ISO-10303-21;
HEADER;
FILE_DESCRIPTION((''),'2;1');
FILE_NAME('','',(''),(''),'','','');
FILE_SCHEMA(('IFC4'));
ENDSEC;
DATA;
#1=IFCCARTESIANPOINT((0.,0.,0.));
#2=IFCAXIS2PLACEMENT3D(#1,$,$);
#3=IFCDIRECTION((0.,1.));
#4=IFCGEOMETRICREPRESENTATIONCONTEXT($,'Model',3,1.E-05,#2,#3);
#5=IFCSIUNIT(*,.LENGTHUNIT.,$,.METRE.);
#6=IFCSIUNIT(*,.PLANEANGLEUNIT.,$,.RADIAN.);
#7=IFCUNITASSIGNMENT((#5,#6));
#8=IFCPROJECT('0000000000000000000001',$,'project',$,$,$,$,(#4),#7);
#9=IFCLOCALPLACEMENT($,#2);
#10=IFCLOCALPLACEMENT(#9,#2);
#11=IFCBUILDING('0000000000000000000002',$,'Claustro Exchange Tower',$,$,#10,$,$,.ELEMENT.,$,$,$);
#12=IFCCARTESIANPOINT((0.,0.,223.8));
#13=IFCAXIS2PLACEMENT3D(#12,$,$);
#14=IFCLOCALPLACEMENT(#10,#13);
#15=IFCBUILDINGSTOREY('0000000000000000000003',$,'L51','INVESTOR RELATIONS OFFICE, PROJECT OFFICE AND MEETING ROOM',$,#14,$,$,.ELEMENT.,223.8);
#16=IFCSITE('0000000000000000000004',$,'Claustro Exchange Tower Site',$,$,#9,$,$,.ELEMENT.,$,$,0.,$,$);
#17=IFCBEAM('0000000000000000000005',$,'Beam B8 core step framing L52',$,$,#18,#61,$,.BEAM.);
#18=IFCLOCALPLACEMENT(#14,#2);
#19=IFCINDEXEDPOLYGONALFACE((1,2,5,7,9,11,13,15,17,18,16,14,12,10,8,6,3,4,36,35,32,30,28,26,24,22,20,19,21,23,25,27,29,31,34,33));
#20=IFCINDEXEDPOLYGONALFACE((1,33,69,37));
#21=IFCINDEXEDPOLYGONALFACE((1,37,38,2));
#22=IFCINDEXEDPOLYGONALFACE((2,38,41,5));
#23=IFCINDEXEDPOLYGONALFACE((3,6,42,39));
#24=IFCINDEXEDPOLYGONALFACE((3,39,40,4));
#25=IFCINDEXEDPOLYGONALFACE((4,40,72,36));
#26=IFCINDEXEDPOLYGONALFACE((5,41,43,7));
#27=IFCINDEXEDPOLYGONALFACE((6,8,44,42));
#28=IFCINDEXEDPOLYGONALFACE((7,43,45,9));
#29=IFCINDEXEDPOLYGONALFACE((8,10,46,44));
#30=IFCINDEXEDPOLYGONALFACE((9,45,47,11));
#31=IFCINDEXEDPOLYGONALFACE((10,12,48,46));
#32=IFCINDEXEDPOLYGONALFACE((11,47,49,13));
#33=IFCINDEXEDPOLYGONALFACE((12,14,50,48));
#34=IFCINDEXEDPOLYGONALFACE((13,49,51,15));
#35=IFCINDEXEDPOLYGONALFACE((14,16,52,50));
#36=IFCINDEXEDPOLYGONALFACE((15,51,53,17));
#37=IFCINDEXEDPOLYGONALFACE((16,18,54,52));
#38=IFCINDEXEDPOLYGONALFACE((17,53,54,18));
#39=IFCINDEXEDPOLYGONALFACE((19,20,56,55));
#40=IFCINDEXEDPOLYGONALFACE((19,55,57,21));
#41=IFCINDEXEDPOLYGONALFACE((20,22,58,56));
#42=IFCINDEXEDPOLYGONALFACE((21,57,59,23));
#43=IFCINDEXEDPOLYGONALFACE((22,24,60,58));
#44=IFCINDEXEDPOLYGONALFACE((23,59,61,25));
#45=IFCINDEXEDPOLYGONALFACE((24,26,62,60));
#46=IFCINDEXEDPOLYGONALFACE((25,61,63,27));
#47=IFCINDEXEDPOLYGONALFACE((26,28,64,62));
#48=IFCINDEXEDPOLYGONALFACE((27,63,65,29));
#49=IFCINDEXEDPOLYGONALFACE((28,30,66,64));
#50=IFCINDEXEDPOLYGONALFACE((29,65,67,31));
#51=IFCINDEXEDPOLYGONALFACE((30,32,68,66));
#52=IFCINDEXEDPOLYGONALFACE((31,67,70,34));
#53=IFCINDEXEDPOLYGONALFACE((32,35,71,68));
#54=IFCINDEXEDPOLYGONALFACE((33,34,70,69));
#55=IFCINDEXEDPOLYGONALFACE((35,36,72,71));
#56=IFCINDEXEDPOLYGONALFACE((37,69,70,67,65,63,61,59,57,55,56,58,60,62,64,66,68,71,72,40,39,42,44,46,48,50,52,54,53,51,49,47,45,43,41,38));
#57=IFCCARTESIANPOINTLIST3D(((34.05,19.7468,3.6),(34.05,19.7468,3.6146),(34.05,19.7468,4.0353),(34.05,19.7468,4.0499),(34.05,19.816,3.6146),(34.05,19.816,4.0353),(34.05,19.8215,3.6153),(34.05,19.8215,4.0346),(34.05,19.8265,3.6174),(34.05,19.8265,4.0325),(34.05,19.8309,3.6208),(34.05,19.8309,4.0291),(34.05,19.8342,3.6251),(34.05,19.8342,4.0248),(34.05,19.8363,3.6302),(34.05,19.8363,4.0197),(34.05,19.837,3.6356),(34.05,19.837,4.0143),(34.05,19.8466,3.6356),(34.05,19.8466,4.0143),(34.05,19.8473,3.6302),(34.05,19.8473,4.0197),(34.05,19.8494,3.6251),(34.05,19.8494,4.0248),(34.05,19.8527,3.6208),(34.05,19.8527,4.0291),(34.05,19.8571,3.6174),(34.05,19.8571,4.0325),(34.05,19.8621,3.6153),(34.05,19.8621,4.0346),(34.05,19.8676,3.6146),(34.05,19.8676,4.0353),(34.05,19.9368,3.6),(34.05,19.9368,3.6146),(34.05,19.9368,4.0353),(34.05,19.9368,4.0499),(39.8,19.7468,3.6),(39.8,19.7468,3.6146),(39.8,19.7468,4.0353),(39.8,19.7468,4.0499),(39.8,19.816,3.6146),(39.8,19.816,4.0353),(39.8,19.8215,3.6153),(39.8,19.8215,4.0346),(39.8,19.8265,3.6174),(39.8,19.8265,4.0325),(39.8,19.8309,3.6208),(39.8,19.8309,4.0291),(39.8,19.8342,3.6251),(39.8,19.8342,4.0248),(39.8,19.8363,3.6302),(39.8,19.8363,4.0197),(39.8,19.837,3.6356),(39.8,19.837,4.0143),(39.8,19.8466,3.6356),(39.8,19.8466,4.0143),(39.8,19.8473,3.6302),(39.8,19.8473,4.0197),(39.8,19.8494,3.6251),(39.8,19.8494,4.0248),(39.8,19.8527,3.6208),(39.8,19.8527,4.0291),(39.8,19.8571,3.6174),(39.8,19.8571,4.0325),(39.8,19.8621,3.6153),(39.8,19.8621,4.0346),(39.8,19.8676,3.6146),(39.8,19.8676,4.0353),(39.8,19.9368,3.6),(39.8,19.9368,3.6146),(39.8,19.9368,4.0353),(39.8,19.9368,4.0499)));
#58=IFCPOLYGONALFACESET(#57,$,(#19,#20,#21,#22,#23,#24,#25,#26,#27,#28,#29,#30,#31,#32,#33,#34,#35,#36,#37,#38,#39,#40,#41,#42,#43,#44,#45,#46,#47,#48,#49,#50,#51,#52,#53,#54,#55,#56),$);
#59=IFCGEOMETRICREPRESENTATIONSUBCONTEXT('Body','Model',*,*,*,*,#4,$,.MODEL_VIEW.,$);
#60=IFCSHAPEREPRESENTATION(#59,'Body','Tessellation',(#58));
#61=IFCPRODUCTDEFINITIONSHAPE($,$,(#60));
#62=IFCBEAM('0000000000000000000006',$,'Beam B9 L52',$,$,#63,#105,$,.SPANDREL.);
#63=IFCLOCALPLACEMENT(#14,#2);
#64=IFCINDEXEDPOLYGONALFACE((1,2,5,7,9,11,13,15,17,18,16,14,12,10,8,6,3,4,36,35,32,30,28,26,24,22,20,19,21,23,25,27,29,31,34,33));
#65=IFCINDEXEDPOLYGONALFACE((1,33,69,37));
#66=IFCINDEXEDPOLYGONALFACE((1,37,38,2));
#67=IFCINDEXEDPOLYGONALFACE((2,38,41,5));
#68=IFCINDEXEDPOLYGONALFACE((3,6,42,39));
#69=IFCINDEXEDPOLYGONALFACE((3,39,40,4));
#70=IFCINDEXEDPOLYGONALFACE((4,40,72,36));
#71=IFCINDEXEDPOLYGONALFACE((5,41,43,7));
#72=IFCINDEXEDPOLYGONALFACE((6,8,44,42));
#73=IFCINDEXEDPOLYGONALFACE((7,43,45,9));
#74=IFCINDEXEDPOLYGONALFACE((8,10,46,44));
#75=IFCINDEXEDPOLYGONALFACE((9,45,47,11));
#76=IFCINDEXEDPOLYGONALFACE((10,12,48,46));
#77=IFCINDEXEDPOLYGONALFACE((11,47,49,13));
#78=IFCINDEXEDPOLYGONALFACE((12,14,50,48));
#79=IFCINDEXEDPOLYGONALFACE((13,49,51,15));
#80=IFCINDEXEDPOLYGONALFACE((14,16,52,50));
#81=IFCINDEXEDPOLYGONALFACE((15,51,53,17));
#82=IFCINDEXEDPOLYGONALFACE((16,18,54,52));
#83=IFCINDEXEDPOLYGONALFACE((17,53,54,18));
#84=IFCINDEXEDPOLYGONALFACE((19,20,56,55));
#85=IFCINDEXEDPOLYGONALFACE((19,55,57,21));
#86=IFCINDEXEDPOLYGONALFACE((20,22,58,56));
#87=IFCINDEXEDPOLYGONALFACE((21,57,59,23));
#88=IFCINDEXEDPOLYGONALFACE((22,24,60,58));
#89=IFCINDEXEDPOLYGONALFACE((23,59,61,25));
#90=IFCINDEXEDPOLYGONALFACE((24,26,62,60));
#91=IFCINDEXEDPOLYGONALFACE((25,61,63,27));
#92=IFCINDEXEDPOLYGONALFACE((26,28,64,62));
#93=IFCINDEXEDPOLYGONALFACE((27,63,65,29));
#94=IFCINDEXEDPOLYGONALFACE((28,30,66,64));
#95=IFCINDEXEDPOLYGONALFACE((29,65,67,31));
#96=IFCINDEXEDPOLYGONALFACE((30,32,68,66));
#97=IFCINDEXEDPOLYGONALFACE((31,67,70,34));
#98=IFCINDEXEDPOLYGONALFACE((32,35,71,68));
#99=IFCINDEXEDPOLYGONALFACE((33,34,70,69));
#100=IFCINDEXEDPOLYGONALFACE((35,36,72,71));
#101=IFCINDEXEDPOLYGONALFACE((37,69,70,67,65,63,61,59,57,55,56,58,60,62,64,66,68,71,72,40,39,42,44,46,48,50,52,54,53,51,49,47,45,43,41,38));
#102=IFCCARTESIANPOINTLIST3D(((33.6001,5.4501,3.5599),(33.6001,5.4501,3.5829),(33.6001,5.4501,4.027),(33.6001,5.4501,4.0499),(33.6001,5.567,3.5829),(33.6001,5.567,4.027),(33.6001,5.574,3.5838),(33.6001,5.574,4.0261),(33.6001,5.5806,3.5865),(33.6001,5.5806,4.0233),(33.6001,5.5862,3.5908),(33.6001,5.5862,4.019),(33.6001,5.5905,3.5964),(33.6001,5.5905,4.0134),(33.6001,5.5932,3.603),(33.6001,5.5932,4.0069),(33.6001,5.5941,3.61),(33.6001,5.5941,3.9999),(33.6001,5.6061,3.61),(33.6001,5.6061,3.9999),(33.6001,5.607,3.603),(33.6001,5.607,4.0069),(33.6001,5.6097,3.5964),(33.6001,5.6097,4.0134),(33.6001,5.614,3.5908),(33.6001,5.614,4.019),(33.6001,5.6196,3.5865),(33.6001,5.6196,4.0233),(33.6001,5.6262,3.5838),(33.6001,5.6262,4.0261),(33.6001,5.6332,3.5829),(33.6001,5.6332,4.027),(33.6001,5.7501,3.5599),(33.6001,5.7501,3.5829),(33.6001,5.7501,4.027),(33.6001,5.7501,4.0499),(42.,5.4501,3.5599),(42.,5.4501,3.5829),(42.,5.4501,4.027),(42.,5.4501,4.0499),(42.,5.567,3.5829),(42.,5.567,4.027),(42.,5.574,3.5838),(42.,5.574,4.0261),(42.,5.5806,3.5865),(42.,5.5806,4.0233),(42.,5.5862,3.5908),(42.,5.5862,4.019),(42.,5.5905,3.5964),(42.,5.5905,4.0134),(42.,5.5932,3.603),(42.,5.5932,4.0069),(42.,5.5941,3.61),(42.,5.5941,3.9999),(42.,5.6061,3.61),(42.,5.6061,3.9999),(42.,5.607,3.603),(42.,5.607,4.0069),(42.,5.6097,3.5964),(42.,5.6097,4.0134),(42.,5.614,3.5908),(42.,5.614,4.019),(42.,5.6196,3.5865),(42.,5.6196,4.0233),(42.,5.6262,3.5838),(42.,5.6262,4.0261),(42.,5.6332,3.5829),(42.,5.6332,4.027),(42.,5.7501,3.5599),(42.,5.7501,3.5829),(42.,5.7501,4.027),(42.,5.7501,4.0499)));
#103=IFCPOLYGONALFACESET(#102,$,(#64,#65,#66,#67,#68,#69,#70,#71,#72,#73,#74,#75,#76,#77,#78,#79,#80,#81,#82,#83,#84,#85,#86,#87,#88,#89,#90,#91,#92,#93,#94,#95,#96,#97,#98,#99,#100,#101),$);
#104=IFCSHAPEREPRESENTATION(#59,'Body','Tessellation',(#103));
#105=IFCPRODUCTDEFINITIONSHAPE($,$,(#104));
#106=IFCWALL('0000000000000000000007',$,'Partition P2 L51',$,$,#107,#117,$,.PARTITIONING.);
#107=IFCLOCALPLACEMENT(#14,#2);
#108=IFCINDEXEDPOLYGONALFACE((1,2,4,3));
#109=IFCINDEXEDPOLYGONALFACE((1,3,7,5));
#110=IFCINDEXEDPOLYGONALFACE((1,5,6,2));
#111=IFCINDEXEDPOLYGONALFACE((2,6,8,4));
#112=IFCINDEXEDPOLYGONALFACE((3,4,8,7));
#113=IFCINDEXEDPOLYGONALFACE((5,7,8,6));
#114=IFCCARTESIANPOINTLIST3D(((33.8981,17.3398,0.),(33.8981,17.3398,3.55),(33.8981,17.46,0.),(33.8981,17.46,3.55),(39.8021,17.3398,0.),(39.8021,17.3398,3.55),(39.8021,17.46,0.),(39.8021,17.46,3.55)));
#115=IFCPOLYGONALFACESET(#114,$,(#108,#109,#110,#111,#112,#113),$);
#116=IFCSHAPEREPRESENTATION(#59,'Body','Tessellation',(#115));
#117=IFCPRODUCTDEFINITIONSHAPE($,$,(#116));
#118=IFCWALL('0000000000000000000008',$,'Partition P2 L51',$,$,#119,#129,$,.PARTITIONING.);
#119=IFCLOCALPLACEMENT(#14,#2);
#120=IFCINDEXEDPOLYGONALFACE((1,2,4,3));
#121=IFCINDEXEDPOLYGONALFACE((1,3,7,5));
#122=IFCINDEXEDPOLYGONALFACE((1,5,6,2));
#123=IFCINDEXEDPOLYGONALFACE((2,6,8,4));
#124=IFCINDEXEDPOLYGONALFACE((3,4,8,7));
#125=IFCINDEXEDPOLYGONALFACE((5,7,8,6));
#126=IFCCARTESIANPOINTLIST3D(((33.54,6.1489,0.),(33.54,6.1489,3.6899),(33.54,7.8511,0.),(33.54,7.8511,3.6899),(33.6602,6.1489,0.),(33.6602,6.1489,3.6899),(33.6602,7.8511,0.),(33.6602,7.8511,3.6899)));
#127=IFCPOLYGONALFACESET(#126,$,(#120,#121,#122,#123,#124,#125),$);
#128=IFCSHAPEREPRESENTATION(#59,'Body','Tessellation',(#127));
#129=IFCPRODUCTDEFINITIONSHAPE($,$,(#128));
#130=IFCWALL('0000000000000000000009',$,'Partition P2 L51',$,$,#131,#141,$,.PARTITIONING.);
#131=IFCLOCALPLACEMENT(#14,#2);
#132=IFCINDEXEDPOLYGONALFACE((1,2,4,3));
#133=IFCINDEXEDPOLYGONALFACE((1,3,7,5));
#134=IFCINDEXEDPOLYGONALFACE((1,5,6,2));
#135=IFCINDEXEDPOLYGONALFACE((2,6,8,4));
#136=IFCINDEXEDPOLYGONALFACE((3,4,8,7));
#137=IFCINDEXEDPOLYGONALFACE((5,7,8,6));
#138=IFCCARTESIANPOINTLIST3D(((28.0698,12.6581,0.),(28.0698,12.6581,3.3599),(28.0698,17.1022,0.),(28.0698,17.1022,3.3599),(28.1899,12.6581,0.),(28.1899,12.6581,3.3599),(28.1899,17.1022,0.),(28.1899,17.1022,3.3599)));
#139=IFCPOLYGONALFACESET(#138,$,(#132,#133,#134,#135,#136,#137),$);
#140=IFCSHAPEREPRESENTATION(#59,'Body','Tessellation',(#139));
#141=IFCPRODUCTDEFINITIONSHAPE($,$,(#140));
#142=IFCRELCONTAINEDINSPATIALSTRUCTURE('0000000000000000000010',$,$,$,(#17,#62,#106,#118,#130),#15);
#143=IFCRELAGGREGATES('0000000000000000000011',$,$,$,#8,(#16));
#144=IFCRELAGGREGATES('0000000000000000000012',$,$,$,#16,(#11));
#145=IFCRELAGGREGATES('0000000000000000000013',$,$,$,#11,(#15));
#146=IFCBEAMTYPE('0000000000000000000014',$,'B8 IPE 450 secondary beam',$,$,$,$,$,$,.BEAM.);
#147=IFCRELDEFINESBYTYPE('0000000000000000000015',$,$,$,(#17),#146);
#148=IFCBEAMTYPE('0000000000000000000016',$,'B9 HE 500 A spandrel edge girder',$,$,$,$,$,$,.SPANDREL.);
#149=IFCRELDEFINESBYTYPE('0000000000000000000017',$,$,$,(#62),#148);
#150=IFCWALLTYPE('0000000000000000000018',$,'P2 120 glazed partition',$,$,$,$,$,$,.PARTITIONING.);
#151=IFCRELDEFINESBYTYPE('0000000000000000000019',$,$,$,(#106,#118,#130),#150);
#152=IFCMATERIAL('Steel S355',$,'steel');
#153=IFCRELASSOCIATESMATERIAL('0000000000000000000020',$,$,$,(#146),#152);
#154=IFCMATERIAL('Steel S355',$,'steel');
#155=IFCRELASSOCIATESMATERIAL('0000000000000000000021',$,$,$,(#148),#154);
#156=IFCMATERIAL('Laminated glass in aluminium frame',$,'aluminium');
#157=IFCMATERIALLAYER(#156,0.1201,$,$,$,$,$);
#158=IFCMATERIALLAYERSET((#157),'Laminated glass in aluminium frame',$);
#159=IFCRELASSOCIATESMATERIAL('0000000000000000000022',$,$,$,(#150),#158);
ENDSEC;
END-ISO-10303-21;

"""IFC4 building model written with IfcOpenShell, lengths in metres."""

from ifc_helpers import new_model, si_unit, direction, frame, frame_2d, origin, origin_2d, place, context, subcontext, project, spatial, rectangle, i_section, extrude, material, layer, layer_set, material_profile, profile_set, type_object, element, save


model = new_model("IFC4")

# Units and contexts
model_context = context("Model", 3, precision=1e-05, world=origin(), true_north=direction((0.0, 1.0)))
body_context = subcontext(model_context, "Body", "Model", "MODEL_VIEW")
ifc_project = project(units=[si_unit("LENGTHUNIT", "METRE"), si_unit("PLANEANGLEUNIT", "RADIAN")], contexts=[model_context])

# Site, building, storey
site_placement = place(None, origin())
site = spatial("IfcSite", under=ifc_project, at=site_placement, Name="Claustro Exchange Tower Site", CompositionType="ELEMENT", RefElevation=0.0)
building_placement = place(site_placement, origin())
building = spatial("IfcBuilding", under=site, at=building_placement, Name="Claustro Exchange Tower", CompositionType="ELEMENT")
storey_placement = place(building_placement, frame((0.0, 0.0, 223.8)))
storey = spatial("IfcBuildingStorey", under=building, at=storey_placement, Name="L51", Description="INVESTOR RELATIONS OFFICE, PROJECT OFFICE AND MEETING ROOM", CompositionType="ELEMENT", Elevation=223.8)

# Beams
ifc_material_1 = material(Name="Steel S355", Category="steel")
ifc_material_profile_1 = material_profile(ifc_material_1, i_section(OverallWidth=0.1899, OverallDepth=0.45, WebThickness=0.0095, FlangeThickness=0.0146, FilletRadius=0.021, at=origin_2d()), Name="IPE 450")
ifc_profile_set_1 = profile_set([ifc_material_profile_1], Name="Steel S355")
beam_type_1 = type_object("IfcBeamType", Name="B8 IPE 450 secondary beam", PredefinedType="BEAM", material=ifc_profile_set_1)
for number, where, z_axis, x_axis, name in (
    (1, (34.05, 19.8418, 3.825), (1.0, 0.0, 0.0), (0.0, 1.0, 0.0), "Beam B8 core step framing L52"),
):
    element("IfcBeam", number, at=place(storey_placement, frame(where, z_axis=z_axis, x_axis=x_axis)), inside=storey, type_object=beam_type_1, Name=name, PredefinedType="BEAM", context=body_context, shape_type="SweptSolid", body=[
        extrude(i_section(OverallWidth=0.1899, OverallDepth=0.45, WebThickness=0.0095, FlangeThickness=0.0146, FilletRadius=0.021, at=origin_2d()), origin(), (0.0, 0.0, 1.0), 5.75),
    ])
ifc_material_2 = material(Name="Steel S355", Category="steel")
ifc_material_profile_2 = material_profile(ifc_material_2, i_section(OverallWidth=0.3, OverallDepth=0.49, WebThickness=0.012, FlangeThickness=0.0229, FilletRadius=0.0271, at=origin_2d()), Name="HE 500 A")
ifc_profile_set_2 = profile_set([ifc_material_profile_2], Name="Steel S355")
beam_type_2 = type_object("IfcBeamType", Name="B9 HE 500 A spandrel edge girder", PredefinedType="SPANDREL", material=ifc_profile_set_2)
beam_1_placement = place(storey_placement, frame((33.6001, 5.6001, 3.8049), z_axis=(1.0, 0.0, 0.0), x_axis=(0.0, 1.0, 0.0)))
element("IfcBeam", 2, at=beam_1_placement, inside=storey, type_object=beam_type_2, Name="Beam B9 L52", PredefinedType="SPANDREL", context=body_context, shape_type="SweptSolid", body=[
    extrude(i_section(OverallWidth=0.3, OverallDepth=0.49, WebThickness=0.012, FlangeThickness=0.0229, FilletRadius=0.0271, at=origin_2d()), origin(), (0.0, 0.0, 1.0), 8.3999),
])

# Wall
ifc_material_3 = material(Name="Laminated glass in aluminium frame", Category="aluminium")
ifc_layer_1 = layer(ifc_material_3, 0.1201)
ifc_layer_set_1 = layer_set([ifc_layer_1], Name="Laminated glass in aluminium frame")
wall_type_1 = type_object("IfcWallType", Name="P2 120 glazed partition", PredefinedType="PARTITIONING", material=ifc_layer_set_1)
wall_1_placement = place(storey_placement, frame((33.8979, 17.3999, 0.0), z_axis=(0.0, 0.0, 1.0), x_axis=(1.0, 0.0, 0.0)))
element("IfcWall", 3, at=wall_1_placement, inside=storey, type_object=wall_type_1, Name="Partition P2 L51", PredefinedType="PARTITIONING", context=body_context, shape_type="SweptSolid", body=[
    extrude(rectangle(XDim=5.9041, YDim=0.1201, at=frame_2d((2.9521, 0.0))), origin(), (0.0, 0.0, 1.0), 3.55),
])

# Walls
wall_2_placement = place(storey_placement, frame((33.6001, 6.1489, 0.0), z_axis=(0.0, 0.0, 1.0), x_axis=(0.0, 1.0, 0.0)))
element("IfcWall", 4, at=wall_2_placement, inside=storey, type_object=wall_type_1, Name="Partition P2 L51", PredefinedType="PARTITIONING", context=body_context, shape_type="SweptSolid", body=[
    extrude(rectangle(XDim=1.7021, YDim=0.1201, at=frame_2d((0.8511, 0.0))), origin(), (0.0, 0.0, 1.0), 3.6899),
])
wall_3_placement = place(storey_placement, frame((28.1299, 12.658, 0.0), z_axis=(0.0, 0.0, 1.0), x_axis=(0.0, 1.0, 0.0)))
element("IfcWall", 5, at=wall_3_placement, inside=storey, type_object=wall_type_1, Name="Partition P2 L51", PredefinedType="PARTITIONING", context=body_context, shape_type="SweptSolid", body=[
    extrude(rectangle(XDim=4.4441, YDim=0.1201, at=frame_2d((2.2222, 0.0))), origin(), (0.0, 0.0, 1.0), 3.3599),
])

save(model, "model.ifc")
